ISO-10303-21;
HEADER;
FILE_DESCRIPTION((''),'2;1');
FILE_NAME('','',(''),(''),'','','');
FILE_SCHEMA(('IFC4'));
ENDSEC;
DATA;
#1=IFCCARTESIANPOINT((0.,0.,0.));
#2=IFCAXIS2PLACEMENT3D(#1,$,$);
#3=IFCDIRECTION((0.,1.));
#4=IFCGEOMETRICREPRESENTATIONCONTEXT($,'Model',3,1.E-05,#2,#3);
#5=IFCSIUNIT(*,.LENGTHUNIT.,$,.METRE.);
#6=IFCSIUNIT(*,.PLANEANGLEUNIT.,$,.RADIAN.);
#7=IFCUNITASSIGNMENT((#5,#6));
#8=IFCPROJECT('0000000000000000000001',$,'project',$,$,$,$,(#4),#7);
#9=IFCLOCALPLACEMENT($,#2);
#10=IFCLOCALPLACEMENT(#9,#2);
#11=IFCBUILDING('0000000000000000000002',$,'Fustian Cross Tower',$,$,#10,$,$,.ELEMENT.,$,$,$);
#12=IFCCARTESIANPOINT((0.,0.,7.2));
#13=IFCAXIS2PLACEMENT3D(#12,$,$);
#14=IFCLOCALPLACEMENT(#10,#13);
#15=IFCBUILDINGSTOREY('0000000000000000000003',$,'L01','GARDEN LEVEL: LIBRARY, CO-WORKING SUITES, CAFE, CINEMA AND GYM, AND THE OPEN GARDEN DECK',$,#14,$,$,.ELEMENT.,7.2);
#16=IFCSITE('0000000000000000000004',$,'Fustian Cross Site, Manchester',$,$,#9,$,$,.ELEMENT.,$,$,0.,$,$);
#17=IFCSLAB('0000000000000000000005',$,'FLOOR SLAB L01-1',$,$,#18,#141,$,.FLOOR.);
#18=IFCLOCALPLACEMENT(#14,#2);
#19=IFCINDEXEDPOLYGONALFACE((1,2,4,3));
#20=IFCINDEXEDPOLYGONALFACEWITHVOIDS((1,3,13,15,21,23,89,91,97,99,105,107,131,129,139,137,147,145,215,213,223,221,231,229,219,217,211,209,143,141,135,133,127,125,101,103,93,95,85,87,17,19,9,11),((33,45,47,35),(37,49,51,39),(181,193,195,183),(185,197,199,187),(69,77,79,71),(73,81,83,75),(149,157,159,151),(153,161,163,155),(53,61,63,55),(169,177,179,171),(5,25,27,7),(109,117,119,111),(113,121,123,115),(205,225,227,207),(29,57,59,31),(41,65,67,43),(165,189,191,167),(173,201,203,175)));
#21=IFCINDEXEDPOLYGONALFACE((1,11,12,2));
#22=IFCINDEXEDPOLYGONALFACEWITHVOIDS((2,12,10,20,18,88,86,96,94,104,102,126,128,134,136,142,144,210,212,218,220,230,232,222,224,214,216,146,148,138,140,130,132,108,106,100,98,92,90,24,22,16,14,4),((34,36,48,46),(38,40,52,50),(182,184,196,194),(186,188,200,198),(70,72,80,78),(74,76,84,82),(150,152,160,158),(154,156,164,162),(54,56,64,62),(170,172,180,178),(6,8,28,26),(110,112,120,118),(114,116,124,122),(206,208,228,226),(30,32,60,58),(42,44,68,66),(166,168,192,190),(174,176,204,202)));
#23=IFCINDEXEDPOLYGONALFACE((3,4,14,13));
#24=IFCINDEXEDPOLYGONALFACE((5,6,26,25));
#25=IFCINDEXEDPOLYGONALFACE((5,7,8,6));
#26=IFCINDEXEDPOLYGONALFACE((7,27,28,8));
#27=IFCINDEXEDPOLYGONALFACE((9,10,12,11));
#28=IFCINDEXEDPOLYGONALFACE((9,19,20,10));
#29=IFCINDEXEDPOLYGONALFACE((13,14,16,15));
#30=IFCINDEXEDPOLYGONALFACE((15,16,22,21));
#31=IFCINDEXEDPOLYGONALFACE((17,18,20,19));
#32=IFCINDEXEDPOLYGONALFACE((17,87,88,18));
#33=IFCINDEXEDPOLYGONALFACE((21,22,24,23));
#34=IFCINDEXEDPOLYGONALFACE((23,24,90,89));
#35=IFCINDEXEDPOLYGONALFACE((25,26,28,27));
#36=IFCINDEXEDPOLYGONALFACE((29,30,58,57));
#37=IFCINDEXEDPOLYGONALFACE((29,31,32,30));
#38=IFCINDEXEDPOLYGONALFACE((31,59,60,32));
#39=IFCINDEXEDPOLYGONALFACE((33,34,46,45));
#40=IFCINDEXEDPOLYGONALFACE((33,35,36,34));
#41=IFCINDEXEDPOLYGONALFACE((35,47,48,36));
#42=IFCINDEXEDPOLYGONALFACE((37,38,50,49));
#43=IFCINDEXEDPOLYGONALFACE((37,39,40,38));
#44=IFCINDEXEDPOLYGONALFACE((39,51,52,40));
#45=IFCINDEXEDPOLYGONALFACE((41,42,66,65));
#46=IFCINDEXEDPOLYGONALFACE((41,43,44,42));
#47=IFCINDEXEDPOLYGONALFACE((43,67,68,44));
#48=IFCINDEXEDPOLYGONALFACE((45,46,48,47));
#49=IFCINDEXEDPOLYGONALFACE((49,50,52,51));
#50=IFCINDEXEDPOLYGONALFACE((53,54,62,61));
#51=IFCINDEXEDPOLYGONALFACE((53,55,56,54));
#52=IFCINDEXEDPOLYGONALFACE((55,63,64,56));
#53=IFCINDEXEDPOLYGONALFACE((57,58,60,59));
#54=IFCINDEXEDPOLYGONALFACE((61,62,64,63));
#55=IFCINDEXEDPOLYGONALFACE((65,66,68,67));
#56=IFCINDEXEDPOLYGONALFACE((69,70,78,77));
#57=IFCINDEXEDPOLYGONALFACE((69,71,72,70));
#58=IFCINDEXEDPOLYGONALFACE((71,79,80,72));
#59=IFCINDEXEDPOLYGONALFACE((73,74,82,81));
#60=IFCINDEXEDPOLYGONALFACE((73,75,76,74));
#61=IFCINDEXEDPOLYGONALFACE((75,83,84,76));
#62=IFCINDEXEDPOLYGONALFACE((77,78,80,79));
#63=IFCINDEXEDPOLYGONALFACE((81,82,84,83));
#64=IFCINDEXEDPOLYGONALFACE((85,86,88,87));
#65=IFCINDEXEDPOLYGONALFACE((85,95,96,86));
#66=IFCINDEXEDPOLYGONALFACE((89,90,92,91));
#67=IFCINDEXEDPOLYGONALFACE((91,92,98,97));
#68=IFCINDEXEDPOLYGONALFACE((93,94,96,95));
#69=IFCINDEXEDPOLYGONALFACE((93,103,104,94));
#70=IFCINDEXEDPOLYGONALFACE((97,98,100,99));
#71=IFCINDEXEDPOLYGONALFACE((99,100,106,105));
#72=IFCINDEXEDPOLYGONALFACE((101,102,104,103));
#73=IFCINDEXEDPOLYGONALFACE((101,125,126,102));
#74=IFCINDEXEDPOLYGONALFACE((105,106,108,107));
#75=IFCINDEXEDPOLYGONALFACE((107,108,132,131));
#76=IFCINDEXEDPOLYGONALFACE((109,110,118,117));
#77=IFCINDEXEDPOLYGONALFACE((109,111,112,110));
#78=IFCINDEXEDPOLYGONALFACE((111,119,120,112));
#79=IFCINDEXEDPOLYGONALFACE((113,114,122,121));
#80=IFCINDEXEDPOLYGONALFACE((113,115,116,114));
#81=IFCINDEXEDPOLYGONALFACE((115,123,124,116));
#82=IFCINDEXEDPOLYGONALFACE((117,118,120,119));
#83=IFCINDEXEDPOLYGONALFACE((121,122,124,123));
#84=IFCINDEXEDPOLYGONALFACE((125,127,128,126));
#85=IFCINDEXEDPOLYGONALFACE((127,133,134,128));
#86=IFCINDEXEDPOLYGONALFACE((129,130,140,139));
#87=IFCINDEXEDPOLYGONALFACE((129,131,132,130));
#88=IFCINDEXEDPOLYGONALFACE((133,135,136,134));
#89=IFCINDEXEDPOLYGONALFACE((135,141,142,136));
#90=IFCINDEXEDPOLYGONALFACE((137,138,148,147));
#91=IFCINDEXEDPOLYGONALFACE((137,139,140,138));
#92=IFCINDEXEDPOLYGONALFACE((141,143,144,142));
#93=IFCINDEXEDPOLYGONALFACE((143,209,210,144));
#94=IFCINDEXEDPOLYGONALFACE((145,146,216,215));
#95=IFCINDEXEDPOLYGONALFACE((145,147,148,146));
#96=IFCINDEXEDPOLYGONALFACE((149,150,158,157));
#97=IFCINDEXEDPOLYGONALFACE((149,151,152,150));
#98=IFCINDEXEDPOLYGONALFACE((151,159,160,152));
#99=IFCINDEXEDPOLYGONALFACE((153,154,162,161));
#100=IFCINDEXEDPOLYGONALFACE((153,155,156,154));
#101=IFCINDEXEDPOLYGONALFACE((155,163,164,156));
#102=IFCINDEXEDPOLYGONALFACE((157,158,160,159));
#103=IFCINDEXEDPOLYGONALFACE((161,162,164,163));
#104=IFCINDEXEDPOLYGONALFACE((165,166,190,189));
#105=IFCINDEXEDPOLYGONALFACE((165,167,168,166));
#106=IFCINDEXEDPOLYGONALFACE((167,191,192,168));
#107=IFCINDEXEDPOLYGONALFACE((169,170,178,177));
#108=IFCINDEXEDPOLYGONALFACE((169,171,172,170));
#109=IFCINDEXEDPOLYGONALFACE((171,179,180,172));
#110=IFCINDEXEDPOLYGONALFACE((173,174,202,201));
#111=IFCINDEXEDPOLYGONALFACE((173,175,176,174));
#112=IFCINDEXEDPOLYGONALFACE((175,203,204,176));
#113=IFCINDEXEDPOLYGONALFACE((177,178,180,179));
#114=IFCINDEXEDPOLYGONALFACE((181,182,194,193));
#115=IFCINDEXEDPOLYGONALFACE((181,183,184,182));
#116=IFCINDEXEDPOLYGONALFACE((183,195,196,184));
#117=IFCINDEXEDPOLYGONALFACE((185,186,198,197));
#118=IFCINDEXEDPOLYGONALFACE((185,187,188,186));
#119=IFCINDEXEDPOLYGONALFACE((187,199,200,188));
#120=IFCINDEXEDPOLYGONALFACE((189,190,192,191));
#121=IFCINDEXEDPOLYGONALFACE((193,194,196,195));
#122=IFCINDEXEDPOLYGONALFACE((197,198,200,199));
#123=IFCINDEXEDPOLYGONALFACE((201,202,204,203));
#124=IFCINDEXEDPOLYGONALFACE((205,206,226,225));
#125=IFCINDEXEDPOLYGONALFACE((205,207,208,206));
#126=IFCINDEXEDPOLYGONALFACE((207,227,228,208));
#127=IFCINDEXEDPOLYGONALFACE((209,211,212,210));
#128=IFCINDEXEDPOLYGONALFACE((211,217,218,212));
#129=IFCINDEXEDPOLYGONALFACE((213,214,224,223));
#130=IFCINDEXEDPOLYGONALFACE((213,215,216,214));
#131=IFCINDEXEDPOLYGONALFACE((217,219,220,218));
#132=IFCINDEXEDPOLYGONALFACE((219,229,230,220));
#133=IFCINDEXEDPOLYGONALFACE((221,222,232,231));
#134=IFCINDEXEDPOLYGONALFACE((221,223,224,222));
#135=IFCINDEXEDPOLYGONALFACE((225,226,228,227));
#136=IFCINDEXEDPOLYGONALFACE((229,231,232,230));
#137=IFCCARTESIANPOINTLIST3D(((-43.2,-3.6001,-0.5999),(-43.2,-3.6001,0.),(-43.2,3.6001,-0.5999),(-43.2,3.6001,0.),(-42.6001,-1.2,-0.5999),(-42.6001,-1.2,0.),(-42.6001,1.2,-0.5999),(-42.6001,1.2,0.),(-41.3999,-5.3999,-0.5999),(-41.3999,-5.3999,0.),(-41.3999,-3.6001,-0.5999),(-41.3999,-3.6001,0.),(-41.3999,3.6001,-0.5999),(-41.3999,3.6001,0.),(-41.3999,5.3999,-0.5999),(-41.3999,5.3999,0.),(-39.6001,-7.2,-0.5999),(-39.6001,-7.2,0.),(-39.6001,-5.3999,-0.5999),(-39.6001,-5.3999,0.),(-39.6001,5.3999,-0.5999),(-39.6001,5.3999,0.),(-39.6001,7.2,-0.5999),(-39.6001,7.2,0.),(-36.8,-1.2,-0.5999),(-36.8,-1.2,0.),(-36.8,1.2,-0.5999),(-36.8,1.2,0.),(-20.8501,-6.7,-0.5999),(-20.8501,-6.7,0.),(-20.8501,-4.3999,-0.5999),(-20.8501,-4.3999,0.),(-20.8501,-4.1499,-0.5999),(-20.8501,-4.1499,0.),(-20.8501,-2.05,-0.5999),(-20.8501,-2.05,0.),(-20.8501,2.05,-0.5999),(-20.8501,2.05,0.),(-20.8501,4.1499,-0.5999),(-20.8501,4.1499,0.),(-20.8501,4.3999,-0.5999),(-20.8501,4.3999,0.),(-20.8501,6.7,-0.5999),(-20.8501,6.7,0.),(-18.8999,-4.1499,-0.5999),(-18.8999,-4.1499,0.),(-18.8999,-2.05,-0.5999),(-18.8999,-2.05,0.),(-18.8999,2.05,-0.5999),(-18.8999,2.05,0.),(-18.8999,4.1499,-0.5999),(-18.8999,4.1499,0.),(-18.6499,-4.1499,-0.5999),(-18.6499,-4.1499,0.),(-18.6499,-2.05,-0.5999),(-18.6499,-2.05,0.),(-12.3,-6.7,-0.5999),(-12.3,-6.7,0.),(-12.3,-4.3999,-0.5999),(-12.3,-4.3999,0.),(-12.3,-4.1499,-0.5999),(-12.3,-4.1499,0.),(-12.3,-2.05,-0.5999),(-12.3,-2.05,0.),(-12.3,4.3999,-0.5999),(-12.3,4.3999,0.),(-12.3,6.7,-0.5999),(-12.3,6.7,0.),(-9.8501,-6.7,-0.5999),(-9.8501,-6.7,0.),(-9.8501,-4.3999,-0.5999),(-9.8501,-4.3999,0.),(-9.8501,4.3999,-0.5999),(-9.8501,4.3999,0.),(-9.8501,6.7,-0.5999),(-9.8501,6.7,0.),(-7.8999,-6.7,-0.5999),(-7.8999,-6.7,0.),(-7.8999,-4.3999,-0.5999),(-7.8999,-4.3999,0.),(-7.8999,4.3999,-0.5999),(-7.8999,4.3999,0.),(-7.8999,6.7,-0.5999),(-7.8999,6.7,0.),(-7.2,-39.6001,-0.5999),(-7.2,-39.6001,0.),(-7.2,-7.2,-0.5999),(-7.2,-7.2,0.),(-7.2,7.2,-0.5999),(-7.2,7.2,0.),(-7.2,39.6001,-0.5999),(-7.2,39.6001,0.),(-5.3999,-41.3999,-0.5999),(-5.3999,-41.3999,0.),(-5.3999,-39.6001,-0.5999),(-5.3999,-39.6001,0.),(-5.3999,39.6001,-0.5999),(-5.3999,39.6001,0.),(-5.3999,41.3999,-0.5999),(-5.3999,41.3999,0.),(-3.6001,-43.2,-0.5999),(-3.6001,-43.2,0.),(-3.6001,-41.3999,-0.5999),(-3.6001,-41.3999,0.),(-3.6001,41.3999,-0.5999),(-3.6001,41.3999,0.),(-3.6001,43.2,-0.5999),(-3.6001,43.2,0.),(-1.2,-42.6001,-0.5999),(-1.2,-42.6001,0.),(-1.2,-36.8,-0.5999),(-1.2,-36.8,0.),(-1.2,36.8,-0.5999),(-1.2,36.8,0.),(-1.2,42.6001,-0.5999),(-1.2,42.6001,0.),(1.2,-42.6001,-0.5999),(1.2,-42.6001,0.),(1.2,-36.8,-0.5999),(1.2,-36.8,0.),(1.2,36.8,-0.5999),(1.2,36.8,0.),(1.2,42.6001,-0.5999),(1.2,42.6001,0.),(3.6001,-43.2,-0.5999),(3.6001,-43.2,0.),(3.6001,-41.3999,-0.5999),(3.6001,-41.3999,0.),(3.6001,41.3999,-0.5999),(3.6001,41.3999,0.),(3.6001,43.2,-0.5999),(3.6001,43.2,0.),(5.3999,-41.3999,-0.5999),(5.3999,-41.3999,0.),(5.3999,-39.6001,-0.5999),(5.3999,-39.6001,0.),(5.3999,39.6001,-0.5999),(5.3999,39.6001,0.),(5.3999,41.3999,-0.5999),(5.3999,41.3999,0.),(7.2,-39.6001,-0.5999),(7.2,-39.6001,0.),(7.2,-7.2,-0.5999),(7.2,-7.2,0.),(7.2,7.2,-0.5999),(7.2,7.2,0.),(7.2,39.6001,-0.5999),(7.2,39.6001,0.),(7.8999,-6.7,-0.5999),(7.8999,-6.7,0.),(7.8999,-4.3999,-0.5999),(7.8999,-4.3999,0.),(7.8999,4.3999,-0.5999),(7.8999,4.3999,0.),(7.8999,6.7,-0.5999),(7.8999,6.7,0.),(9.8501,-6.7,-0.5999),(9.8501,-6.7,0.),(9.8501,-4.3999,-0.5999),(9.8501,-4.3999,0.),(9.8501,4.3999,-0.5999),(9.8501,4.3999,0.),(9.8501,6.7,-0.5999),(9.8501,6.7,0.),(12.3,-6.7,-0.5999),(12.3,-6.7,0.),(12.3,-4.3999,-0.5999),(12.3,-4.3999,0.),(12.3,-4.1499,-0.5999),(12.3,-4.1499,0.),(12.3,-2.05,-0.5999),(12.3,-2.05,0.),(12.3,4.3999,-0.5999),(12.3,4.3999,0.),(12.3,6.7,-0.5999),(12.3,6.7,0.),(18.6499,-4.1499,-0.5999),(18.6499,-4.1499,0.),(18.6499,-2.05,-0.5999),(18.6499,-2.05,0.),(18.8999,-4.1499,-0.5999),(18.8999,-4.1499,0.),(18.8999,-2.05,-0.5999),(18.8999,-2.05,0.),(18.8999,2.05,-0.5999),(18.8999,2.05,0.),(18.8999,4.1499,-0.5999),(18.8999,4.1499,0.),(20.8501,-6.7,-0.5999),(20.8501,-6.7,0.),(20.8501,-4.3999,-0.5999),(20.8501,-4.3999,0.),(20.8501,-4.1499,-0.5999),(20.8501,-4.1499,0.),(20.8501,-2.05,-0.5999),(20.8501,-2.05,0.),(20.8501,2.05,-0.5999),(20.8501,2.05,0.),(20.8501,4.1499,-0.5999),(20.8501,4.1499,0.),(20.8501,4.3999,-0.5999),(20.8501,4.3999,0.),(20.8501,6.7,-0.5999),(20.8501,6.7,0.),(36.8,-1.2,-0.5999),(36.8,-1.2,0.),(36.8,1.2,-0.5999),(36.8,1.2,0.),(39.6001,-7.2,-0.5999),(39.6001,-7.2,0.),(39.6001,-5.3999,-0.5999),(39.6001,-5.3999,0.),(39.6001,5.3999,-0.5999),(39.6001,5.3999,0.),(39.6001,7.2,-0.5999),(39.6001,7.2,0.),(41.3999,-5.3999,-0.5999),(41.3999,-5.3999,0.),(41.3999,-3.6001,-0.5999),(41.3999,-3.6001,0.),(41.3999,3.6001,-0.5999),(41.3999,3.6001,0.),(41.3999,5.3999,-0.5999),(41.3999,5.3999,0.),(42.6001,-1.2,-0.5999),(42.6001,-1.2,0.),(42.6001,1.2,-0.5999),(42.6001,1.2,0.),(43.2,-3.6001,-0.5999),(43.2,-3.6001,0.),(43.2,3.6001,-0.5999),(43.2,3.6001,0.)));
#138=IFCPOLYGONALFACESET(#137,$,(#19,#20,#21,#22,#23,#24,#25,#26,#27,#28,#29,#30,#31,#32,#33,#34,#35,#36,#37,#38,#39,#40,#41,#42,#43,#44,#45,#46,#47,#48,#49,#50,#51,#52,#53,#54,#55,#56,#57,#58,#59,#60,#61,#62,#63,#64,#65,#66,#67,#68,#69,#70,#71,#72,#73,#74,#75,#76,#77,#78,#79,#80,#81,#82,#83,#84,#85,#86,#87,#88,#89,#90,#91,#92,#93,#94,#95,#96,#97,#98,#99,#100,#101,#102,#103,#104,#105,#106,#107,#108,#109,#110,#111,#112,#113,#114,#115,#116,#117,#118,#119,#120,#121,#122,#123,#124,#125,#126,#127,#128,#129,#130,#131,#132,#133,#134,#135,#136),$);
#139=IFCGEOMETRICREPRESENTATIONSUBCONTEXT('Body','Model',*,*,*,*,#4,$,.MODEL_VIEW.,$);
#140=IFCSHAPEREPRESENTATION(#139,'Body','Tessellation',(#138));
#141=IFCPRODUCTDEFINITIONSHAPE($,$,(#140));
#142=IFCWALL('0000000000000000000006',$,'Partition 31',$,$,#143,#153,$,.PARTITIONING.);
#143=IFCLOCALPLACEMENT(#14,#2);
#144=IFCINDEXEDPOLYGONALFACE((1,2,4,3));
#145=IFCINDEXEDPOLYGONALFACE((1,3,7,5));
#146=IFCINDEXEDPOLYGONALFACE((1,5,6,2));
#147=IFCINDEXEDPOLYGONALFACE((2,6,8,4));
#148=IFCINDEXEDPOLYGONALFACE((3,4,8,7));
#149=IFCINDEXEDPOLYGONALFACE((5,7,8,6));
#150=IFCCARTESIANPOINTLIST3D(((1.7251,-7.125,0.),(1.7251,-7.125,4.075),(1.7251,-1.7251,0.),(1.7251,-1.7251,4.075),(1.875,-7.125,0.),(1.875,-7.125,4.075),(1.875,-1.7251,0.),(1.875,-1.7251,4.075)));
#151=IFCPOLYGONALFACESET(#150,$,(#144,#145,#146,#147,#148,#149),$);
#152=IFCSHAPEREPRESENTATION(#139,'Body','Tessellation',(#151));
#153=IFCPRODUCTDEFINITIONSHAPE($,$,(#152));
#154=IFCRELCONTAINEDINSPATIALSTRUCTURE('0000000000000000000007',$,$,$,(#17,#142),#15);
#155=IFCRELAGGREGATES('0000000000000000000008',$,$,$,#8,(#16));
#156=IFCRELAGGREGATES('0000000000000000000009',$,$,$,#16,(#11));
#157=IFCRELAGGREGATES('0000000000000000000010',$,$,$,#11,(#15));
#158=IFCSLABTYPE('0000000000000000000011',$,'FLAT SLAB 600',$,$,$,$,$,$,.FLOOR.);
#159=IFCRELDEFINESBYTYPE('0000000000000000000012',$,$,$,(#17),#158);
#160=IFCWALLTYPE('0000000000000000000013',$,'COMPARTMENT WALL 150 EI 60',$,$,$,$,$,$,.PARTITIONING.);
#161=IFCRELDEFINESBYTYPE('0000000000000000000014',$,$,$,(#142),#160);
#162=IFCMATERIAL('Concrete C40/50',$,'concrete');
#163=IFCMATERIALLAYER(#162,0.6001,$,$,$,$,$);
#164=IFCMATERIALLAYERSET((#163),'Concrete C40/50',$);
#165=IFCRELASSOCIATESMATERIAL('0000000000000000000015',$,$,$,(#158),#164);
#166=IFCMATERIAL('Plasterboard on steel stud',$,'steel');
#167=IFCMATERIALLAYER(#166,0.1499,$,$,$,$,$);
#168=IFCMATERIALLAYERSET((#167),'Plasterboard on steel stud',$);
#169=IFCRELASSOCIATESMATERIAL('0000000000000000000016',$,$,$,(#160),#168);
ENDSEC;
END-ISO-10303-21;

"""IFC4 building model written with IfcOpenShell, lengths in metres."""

from ifc_helpers import new_model, si_unit, direction, frame, frame_2d, origin, place, context, subcontext, project, spatial, polyline, rectangle, outline, extrude, material, layer, layer_set, type_object, element, save


model = new_model("IFC4")

# Units and contexts
model_context = context("Model", 3, precision=1e-05, world=origin(), true_north=direction((0.0, 1.0)))
body_context = subcontext(model_context, "Body", "Model", "MODEL_VIEW")
ifc_project = project(units=[si_unit("LENGTHUNIT", "METRE"), si_unit("PLANEANGLEUNIT", "RADIAN")], contexts=[model_context])

# Site, building, storey
site_placement = place(None, origin())
site = spatial("IfcSite", under=ifc_project, at=site_placement, Name="Fustian Cross Site, Manchester", CompositionType="ELEMENT", RefElevation=0.0)
building_placement = place(site_placement, origin())
building = spatial("IfcBuilding", under=site, at=building_placement, Name="Fustian Cross Tower", CompositionType="ELEMENT")
storey_placement = place(building_placement, frame((0.0, 0.0, 7.2)))
storey = spatial("IfcBuildingStorey", under=building, at=storey_placement, Name="L01", Description="GARDEN LEVEL: LIBRARY, CO-WORKING SUITES, CAFE, CINEMA AND GYM, AND THE OPEN GARDEN DECK", CompositionType="ELEMENT", Elevation=7.2)

# Slab
ifc_material_1 = material(Name="Concrete C40/50", Category="concrete")
ifc_layer_1 = layer(ifc_material_1, 0.6001)
ifc_layer_set_1 = layer_set([ifc_layer_1], Name="Concrete C40/50")
slab_type_1 = type_object("IfcSlabType", Name="FLAT SLAB 600", PredefinedType="FLOOR", material=ifc_layer_set_1)
slab_1_placement = place(storey_placement, frame((0.0, 0.0, -0.5999)))
element("IfcSlab", 1, at=slab_1_placement, inside=storey, type_object=slab_type_1, Name="FLOOR SLAB L01-1", PredefinedType="FLOOR", context=body_context, shape_type="SweptSolid", body=[
    extrude(outline(polyline([(-43.2, 3.6001), (-41.3999, 3.6001), (-41.3999, 5.3999), (-39.6001, 5.3999), (-39.6001, 7.2), (-7.2, 7.2), (-7.2, 39.6001), (-5.3999, 39.6001), (-5.3999, 41.3999), (-3.6001, 41.3999), (-3.6001, 43.2), (3.6001, 43.2), (3.6001, 41.3999), (5.3999, 41.3999), (5.3999, 39.6001), (7.2, 39.6001), (7.2, 7.2), (39.6001, 7.2), (39.6001, 5.3999), (41.3999, 5.3999), (41.3999, 3.6001), (43.2, 3.6001), (43.2, -3.6001), (41.3999, -3.6001), (41.3999, -5.3999), (39.6001, -5.3999), (39.6001, -7.2), (7.2, -7.2), (7.2, -39.6001), (5.3999, -39.6001), (5.3999, -41.3999), (3.6001, -41.3999), (3.6001, -43.2), (-3.6001, -43.2), (-3.6001, -41.3999), (-5.3999, -41.3999), (-5.3999, -39.6001), (-7.2, -39.6001), (-7.2, -7.2), (-39.6001, -7.2), (-39.6001, -5.3999), (-41.3999, -5.3999), (-41.3999, -3.6001), (-43.2, -3.6001), (-43.2, 3.6001)]), holes=[polyline([(18.8999, -2.05), (18.8999, -4.1499), (20.8501, -4.1499), (20.8501, -2.05), (18.8999, -2.05)]), polyline([(20.8501, 4.1499), (18.8999, 4.1499), (18.8999, 2.05), (20.8501, 2.05), (20.8501, 4.1499)]), polyline([(9.8501, 4.3999), (9.8501, 6.7), (7.8999, 6.7), (7.8999, 4.3999), (9.8501, 4.3999)]), polyline([(7.8999, -6.7), (9.8501, -6.7), (9.8501, -4.3999), (7.8999, -4.3999), (7.8999, -6.7)]), polyline([(-20.8501, -2.05), (-20.8501, -4.1499), (-18.8999, -4.1499), (-18.8999, -2.05), (-20.8501, -2.05)]), polyline([(-18.8999, 4.1499), (-20.8501, 4.1499), (-20.8501, 2.05), (-18.8999, 2.05), (-18.8999, 4.1499)]), polyline([(-7.8999, 4.3999), (-7.8999, 6.7), (-9.8501, 6.7), (-9.8501, 4.3999), (-7.8999, 4.3999)]), polyline([(-9.8501, -6.7), (-7.8999, -6.7), (-7.8999, -4.3999), (-9.8501, -4.3999), (-9.8501, -6.7)]), polyline([(12.3, -2.05), (12.3, -4.1499), (18.6499, -4.1499), (18.6499, -2.05), (12.3, -2.05)]), polyline([(-12.3, -2.05), (-18.6499, -2.05), (-18.6499, -4.1499), (-12.3, -4.1499), (-12.3, -2.05)]), polyline([(20.8501, 4.3999), (20.8501, 6.7), (12.3, 6.7), (12.3, 4.3999), (20.8501, 4.3999)]), polyline([(12.3, -6.7), (20.8501, -6.7), (20.8501, -4.3999), (12.3, -4.3999), (12.3, -6.7)]), polyline([(-20.8501, 6.7), (-20.8501, 4.3999), (-12.3, 4.3999), (-12.3, 6.7), (-20.8501, 6.7)]), polyline([(-12.3, -4.3999), (-20.8501, -4.3999), (-20.8501, -6.7), (-12.3, -6.7), (-12.3, -4.3999)]), polyline([(1.2, 36.8), (1.2, 42.6001), (-1.2, 42.6001), (-1.2, 36.8), (1.2, 36.8)]), polyline([(-1.2, -42.6001), (1.2, -42.6001), (1.2, -36.8), (-1.2, -36.8), (-1.2, -42.6001)]), polyline([(36.8, 1.2), (36.8, -1.2), (42.6001, -1.2), (42.6001, 1.2), (36.8, 1.2)]), polyline([(-36.8, 1.2), (-42.6001, 1.2), (-42.6001, -1.2), (-36.8, -1.2), (-36.8, 1.2)])]), origin(), (0.0, 0.0, 1.0), 0.5999),
])

# Wall
ifc_material_2 = material(Name="Plasterboard on steel stud", Category="steel")
ifc_layer_2 = layer(ifc_material_2, 0.1499)
ifc_layer_set_2 = layer_set([ifc_layer_2], Name="Plasterboard on steel stud")
wall_type_1 = type_object("IfcWallType", Name="COMPARTMENT WALL 150 EI 60", PredefinedType="PARTITIONING", material=ifc_layer_set_2)
wall_1_placement = place(storey_placement, frame((1.8, -7.125, 0.0), z_axis=(0.0, 0.0, 1.0), x_axis=(0.0, 1.0, 0.0)))
element("IfcWall", 2, at=wall_1_placement, inside=storey, type_object=wall_type_1, Name="Partition 31", PredefinedType="PARTITIONING", context=body_context, shape_type="SweptSolid", body=[
    extrude(rectangle(XDim=5.3999, YDim=0.1499, at=frame_2d((2.7, 0.0))), origin(), (0.0, 0.0, 1.0), 4.075),
])

save(model, "model.ifc")
